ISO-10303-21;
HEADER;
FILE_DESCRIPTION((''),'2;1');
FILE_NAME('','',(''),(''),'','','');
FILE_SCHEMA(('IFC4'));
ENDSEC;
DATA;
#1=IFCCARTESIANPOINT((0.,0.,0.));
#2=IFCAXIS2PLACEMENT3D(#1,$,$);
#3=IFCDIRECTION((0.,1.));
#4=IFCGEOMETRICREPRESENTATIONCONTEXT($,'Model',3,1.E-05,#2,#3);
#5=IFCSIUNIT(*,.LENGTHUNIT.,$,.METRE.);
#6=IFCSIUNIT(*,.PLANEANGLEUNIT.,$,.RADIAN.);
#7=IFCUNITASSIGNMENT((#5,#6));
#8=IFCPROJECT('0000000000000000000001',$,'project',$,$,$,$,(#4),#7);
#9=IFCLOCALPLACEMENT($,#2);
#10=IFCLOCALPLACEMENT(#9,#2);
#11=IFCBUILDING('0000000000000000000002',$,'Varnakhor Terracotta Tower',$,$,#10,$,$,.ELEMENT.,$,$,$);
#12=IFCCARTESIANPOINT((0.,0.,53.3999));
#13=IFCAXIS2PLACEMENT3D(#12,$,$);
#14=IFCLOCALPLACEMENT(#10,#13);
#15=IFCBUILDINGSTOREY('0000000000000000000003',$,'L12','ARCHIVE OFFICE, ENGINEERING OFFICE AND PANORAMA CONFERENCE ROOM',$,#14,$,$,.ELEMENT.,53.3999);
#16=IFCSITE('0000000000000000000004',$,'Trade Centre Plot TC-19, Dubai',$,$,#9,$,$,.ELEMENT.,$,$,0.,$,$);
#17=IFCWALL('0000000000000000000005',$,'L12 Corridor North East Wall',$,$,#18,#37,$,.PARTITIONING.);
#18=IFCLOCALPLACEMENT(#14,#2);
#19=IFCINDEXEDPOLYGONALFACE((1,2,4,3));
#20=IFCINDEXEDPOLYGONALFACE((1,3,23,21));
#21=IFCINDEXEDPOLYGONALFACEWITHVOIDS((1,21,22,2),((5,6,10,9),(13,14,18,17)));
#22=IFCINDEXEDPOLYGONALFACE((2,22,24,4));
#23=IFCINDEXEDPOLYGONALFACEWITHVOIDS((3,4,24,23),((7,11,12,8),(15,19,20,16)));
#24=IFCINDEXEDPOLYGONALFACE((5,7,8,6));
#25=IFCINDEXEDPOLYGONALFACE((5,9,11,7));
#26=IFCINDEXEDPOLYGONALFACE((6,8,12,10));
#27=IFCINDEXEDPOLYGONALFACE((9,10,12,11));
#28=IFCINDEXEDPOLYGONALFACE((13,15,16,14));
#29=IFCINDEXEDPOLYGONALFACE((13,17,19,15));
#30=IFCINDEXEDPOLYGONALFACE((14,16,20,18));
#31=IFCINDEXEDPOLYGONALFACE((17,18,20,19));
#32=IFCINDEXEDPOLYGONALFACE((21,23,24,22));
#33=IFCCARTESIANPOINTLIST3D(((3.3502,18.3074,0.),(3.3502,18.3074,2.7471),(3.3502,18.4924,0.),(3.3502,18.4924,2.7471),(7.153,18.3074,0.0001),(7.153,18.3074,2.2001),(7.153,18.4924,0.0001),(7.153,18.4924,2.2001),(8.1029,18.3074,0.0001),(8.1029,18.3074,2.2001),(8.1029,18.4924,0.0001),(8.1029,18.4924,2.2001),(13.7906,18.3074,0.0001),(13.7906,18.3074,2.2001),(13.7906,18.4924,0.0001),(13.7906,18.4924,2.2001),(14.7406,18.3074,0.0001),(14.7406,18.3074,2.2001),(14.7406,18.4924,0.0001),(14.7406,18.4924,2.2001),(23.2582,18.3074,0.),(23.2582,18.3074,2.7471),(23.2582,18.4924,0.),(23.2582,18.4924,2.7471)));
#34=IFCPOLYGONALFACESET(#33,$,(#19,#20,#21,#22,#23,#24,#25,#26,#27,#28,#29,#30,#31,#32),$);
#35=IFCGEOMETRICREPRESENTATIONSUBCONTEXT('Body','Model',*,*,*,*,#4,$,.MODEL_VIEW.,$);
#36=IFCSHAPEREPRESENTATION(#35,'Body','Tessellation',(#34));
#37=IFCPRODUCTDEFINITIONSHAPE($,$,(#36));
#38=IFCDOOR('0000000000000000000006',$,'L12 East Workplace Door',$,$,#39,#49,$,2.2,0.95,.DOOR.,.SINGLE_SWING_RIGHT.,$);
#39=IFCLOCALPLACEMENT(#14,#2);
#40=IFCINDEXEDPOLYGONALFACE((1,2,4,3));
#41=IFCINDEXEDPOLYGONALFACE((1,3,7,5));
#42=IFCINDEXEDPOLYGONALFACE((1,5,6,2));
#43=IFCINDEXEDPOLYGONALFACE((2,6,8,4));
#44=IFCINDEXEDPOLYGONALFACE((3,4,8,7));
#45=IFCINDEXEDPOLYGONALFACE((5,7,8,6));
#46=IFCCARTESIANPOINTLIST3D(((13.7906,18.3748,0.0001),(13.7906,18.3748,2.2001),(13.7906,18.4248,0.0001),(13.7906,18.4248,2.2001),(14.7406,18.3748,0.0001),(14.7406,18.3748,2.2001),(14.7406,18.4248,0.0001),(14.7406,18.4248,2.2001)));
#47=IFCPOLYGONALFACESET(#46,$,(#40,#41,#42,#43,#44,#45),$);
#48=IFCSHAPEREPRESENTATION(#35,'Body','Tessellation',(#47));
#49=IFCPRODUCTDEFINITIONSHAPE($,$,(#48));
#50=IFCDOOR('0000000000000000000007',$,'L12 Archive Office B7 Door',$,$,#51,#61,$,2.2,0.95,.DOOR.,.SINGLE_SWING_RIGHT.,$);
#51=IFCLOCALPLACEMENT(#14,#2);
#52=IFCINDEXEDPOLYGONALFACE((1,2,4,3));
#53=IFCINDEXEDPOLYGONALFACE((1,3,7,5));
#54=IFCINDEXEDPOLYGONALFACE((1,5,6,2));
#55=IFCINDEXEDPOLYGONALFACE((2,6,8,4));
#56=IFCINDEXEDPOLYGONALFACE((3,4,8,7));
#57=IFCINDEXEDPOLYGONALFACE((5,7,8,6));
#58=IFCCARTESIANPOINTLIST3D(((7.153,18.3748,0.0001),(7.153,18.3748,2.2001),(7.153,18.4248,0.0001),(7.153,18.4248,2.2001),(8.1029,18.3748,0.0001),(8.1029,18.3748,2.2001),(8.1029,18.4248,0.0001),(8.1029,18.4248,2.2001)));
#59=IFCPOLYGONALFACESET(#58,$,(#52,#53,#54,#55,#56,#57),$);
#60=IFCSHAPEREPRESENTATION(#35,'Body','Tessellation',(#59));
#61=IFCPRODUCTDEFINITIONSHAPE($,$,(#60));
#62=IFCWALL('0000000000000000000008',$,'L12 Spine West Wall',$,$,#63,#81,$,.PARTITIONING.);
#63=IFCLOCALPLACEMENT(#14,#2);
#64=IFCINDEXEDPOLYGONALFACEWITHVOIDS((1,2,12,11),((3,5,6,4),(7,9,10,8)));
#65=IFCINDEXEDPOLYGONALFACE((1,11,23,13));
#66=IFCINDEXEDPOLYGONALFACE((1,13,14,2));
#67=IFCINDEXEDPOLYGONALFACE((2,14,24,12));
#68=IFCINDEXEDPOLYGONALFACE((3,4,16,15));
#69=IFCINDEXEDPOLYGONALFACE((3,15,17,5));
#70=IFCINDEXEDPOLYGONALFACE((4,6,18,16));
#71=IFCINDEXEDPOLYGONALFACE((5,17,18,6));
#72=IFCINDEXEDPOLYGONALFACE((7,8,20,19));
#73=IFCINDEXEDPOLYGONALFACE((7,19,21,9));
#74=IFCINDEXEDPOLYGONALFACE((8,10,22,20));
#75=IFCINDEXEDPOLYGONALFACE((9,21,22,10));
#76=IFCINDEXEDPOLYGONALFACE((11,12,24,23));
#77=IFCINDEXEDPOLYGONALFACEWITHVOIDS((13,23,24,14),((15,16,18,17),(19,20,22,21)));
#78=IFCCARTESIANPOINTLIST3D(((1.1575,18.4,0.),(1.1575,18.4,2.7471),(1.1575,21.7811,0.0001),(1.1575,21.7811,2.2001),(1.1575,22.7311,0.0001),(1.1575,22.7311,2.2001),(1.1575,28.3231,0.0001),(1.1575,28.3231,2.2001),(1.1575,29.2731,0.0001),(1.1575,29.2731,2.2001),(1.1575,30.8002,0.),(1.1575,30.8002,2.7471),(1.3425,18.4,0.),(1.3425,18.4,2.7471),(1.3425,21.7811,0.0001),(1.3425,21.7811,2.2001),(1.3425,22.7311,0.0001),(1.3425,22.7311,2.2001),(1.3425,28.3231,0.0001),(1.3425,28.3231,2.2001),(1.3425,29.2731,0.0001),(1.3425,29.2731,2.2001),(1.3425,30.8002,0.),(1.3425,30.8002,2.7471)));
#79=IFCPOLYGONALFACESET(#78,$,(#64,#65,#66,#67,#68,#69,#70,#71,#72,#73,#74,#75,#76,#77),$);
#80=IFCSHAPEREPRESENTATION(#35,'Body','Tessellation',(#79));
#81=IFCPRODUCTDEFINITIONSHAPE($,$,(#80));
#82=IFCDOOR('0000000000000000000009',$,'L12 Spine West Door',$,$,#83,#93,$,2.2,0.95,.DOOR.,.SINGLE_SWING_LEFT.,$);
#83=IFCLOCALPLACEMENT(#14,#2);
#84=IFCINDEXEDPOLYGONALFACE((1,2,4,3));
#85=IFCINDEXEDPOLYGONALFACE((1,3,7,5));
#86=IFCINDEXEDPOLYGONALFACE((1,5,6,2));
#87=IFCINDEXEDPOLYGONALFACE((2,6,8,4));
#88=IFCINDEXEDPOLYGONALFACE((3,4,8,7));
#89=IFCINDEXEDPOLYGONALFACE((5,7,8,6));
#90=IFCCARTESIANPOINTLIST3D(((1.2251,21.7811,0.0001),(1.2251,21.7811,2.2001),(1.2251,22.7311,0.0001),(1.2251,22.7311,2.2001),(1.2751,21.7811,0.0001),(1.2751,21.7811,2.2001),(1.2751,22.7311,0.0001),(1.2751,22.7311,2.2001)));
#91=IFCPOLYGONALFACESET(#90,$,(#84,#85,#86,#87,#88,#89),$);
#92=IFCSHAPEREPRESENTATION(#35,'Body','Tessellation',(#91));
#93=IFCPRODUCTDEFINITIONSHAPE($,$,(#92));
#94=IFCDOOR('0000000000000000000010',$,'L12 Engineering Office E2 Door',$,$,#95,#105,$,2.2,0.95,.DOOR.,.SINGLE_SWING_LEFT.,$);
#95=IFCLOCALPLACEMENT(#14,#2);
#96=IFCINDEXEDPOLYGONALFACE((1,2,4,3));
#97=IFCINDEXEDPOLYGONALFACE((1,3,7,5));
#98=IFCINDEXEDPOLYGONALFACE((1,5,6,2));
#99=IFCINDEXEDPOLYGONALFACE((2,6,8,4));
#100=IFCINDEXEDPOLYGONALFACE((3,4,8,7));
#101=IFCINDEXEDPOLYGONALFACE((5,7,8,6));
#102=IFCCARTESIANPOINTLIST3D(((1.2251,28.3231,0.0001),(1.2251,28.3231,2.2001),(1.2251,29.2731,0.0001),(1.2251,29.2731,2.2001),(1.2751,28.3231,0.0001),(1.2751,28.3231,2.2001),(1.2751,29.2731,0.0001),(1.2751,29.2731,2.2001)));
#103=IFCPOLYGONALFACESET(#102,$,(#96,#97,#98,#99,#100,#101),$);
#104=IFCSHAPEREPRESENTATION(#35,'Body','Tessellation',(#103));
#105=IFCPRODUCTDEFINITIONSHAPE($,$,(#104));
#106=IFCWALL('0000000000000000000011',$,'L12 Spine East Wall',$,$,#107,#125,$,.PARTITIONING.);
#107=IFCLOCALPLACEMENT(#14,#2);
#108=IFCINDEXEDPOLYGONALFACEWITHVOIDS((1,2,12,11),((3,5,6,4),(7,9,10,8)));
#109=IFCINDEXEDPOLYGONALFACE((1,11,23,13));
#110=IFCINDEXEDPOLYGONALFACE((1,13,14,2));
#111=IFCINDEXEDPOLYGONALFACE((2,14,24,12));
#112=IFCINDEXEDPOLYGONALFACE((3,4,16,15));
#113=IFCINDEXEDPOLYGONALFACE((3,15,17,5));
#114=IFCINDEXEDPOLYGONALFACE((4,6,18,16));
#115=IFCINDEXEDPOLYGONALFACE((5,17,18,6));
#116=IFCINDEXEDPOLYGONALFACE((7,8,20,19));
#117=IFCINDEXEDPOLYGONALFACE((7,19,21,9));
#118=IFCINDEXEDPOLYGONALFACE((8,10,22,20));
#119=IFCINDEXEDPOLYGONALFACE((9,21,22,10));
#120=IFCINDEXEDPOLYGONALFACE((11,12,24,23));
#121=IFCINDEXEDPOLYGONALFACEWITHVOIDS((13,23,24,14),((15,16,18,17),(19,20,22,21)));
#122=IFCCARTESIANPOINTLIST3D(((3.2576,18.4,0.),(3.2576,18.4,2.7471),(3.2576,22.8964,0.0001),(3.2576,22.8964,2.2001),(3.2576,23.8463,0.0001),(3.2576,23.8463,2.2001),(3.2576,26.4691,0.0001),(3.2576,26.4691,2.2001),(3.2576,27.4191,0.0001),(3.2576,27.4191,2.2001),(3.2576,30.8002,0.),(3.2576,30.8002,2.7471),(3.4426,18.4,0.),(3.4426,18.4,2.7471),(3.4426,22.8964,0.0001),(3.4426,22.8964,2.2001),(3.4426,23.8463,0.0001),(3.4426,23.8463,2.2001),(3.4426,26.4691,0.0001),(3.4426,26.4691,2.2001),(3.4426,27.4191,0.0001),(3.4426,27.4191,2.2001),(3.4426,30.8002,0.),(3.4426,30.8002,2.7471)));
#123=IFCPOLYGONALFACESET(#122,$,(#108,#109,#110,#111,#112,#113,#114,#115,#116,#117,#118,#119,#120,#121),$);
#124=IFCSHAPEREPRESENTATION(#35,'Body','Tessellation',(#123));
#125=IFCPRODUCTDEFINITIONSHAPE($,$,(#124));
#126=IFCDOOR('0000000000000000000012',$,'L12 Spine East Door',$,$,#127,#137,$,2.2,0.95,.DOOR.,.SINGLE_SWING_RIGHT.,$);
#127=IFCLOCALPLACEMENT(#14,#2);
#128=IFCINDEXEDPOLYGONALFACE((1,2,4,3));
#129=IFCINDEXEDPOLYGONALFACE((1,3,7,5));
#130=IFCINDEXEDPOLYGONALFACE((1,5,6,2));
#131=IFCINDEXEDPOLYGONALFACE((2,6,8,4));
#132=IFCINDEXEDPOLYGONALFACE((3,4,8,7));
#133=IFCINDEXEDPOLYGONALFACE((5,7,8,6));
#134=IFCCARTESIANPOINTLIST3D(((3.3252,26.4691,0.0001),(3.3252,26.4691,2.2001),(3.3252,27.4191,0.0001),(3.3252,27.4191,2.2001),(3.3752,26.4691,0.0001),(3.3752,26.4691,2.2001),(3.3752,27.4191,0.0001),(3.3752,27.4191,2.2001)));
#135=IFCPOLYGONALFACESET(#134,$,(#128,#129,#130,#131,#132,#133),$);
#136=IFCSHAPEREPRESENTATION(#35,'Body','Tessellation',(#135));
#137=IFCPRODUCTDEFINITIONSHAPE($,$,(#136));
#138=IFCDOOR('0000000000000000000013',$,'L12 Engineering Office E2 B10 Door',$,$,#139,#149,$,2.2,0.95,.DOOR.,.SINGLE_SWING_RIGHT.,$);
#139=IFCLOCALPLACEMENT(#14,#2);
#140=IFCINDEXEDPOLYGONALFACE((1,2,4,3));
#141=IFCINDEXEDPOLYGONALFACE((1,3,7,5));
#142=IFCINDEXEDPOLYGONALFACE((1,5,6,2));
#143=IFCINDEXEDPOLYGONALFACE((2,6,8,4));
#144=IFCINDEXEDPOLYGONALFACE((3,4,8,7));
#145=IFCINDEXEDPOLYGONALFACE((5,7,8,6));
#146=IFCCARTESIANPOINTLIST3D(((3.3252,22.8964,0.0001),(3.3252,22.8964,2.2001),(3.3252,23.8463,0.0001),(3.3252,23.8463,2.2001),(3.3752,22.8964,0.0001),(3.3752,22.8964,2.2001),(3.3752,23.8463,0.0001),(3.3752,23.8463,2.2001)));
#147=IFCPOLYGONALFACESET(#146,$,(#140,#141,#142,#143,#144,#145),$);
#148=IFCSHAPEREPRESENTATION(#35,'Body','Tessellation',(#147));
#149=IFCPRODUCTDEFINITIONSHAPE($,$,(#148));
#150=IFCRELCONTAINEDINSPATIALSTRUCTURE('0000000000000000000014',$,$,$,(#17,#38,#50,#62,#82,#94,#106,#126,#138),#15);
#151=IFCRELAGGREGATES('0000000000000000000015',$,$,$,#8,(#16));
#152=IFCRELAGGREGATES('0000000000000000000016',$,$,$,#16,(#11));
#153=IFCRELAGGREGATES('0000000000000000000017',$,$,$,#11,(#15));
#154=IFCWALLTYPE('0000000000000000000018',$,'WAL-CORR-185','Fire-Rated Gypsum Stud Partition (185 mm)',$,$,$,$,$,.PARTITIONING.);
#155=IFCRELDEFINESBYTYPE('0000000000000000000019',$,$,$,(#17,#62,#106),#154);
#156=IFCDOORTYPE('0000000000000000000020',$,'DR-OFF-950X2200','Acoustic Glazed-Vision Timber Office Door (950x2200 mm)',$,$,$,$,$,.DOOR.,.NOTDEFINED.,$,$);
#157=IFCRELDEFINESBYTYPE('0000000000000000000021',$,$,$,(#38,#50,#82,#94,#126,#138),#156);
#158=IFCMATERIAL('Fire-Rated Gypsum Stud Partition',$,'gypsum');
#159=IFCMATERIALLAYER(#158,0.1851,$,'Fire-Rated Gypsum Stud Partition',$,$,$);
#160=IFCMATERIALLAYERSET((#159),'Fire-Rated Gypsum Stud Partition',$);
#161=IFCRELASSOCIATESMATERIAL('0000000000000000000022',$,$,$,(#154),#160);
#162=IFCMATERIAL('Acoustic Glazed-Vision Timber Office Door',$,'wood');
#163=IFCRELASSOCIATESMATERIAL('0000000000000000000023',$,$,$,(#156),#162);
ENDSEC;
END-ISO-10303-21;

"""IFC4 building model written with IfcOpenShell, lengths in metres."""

from ifc_helpers import new_model, si_unit, direction, frame, frame_2d, origin, place, context, subcontext, project, spatial, rectangle, extrude, source, transform, mapped, material, layer, layer_set, type_object, type_shapes, element, fill, save


model = new_model("IFC4")

# Units and contexts
model_context = context("Model", 3, precision=1e-05, world=origin(), true_north=direction((0.0, 1.0)))
body_context = subcontext(model_context, "Body", "Model", "MODEL_VIEW")
ifc_project = project(units=[si_unit("LENGTHUNIT", "METRE"), si_unit("PLANEANGLEUNIT", "RADIAN")], contexts=[model_context])

# Site, building, storey
site_placement = place(None, origin())
site = spatial("IfcSite", under=ifc_project, at=site_placement, Name="Trade Centre Plot TC-19, Dubai", CompositionType="ELEMENT", RefElevation=0.0)
building_placement = place(site_placement, origin())
building = spatial("IfcBuilding", under=site, at=building_placement, Name="Varnakhor Terracotta Tower", CompositionType="ELEMENT")
storey_placement = place(building_placement, frame((0.0, 0.0, 53.3999)))
storey = spatial("IfcBuildingStorey", under=building, at=storey_placement, Name="L12", Description="ARCHIVE OFFICE, ENGINEERING OFFICE AND PANORAMA CONFERENCE ROOM", CompositionType="ELEMENT", Elevation=53.3999)

# Walls, openings, doors
ifc_material_1 = material(Name="Fire-Rated Gypsum Stud Partition", Category="gypsum")
ifc_layer_1 = layer(ifc_material_1, 0.1851, Name="Fire-Rated Gypsum Stud Partition")
ifc_layer_set_1 = layer_set([ifc_layer_1], Name="Fire-Rated Gypsum Stud Partition")
wall_type_1 = type_object("IfcWallType", Name="WAL-CORR-185", Description="Fire-Rated Gypsum Stud Partition (185 mm)", PredefinedType="PARTITIONING", material=ifc_layer_set_1)
wall_1_placement = place(storey_placement, frame((3.3501, 18.3999, 0.0), z_axis=(0.0, 0.0, 1.0), x_axis=(1.0, 0.0, 0.0)))
wall_1 = element("IfcWall", 1, at=wall_1_placement, inside=storey, type_object=wall_type_1, Name="L12 Corridor North East Wall", PredefinedType="PARTITIONING", context=body_context, shape_type="SweptSolid", body=[
    extrude(rectangle(XDim=19.908, YDim=0.1851, at=frame_2d((9.9541, 0.0))), origin(), (0.0, 0.0, 1.0), 2.7471),
])
opening_1_placement = place(wall_1_placement, frame((10.4404, 0.0, 0.0)))
opening_1 = element("IfcOpeningElement", 2, at=opening_1_placement, cuts=wall_1, PredefinedType="OPENING", context=body_context, shape_type="SweptSolid", body=[
    extrude(rectangle(XDim=0.95, YDim=2.2, at=frame_2d((0.4751, 1.1001))), frame((0.0, 0.1025, 0.0), z_axis=(0.0, -1.0, 0.0), x_axis=(1.0, 0.0, 0.0)), (0.0, 0.0, 1.0), 0.2051),
])
opening_2_placement = place(wall_1_placement, frame((3.8027, 0.0, 0.0)))
opening_2 = element("IfcOpeningElement", 3, at=opening_2_placement, cuts=wall_1, PredefinedType="OPENING", context=body_context, shape_type="SweptSolid", body=[
    extrude(rectangle(XDim=0.95, YDim=2.2, at=frame_2d((0.4751, 1.1001))), frame((0.0, 0.1025, 0.0), z_axis=(0.0, -1.0, 0.0), x_axis=(1.0, 0.0, 0.0)), (0.0, 0.0, 1.0), 0.2051),
])
ifc_material_2 = material(Name="Acoustic Glazed-Vision Timber Office Door", Category="wood")
door_type_1 = type_object("IfcDoorType", Name="DR-OFF-950X2200", Description="Acoustic Glazed-Vision Timber Office Door (950x2200 mm)", OperationType="NOTDEFINED", PredefinedType="DOOR", material=ifc_material_2)
shared_shape_1 = source(origin(), body_context, "Body", "SweptSolid", [
    extrude(rectangle(XDim=0.95, YDim=2.2, at=frame_2d((0.4751, 1.1001))), frame((0.0, 0.0249, 0.0), z_axis=(0.0, -1.0, 0.0), x_axis=(1.0, 0.0, 0.0)), (0.0, 0.0, 1.0), 0.05),
])
type_shapes(door_type_1, [shared_shape_1])
door_1_placement = place(opening_1_placement, origin())
door_1 = element("IfcDoor", 4, at=door_1_placement, inside=storey, type_object=door_type_1, Name="L12 East Workplace Door", OperationType="SINGLE_SWING_RIGHT", OverallHeight=2.2, OverallWidth=0.95, PredefinedType="DOOR", context=body_context, shape_type="MappedRepresentation", body=[
    mapped(shared_shape_1, transform((0.0, 0.0, 0.0), scale=1.0)),
])
fill(opening_1, door_1)
door_2_placement = place(opening_2_placement, origin())
door_2 = element("IfcDoor", 5, at=door_2_placement, inside=storey, type_object=door_type_1, Name="L12 Archive Office B7 Door", OperationType="SINGLE_SWING_RIGHT", OverallHeight=2.2, OverallWidth=0.95, PredefinedType="DOOR", context=body_context, shape_type="MappedRepresentation", body=[
    mapped(shared_shape_1, transform((0.0, 0.0, 0.0), scale=1.0)),
])
fill(opening_2, door_2)
wall_2_placement = place(storey_placement, frame((1.25, 18.3999, 0.0), z_axis=(0.0, 0.0, 1.0), x_axis=(0.0, 1.0, 0.0)))
wall_2 = element("IfcWall", 6, at=wall_2_placement, inside=storey, type_object=wall_type_1, Name="L12 Spine West Wall", PredefinedType="PARTITIONING", context=body_context, shape_type="SweptSolid", body=[
    extrude(rectangle(XDim=12.4001, YDim=0.1851, at=frame_2d((6.2002, 0.0))), origin(), (0.0, 0.0, 1.0), 2.7471),
])
opening_3_placement = place(wall_2_placement, frame((3.3811, 0.0, 0.0)))
opening_3 = element("IfcOpeningElement", 7, at=opening_3_placement, cuts=wall_2, PredefinedType="OPENING", context=body_context, shape_type="SweptSolid", body=[
    extrude(rectangle(XDim=0.95, YDim=2.2, at=frame_2d((0.4751, 1.1001))), frame((0.0, 0.1025, 0.0), z_axis=(0.0, -1.0, 0.0), x_axis=(1.0, 0.0, 0.0)), (0.0, 0.0, 1.0), 0.2051),
])
opening_4_placement = place(wall_2_placement, frame((9.9231, 0.0, 0.0)))
opening_4 = element("IfcOpeningElement", 8, at=opening_4_placement, cuts=wall_2, PredefinedType="OPENING", context=body_context, shape_type="SweptSolid", body=[
    extrude(rectangle(XDim=0.95, YDim=2.2, at=frame_2d((0.4751, 1.1001))), frame((0.0, 0.1025, 0.0), z_axis=(0.0, -1.0, 0.0), x_axis=(1.0, 0.0, 0.0)), (0.0, 0.0, 1.0), 0.2051),
])
door_3_placement = place(opening_3_placement, origin())
door_3 = element("IfcDoor", 9, at=door_3_placement, inside=storey, type_object=door_type_1, Name="L12 Spine West Door", OperationType="SINGLE_SWING_LEFT", OverallHeight=2.2, OverallWidth=0.95, PredefinedType="DOOR", context=body_context, shape_type="MappedRepresentation", body=[
    mapped(shared_shape_1, transform((0.0, 0.0, 0.0), scale=1.0)),
])
fill(opening_3, door_3)
door_4_placement = place(opening_4_placement, origin())
door_4 = element("IfcDoor", 10, at=door_4_placement, inside=storey, type_object=door_type_1, Name="L12 Engineering Office E2 Door", OperationType="SINGLE_SWING_LEFT", OverallHeight=2.2, OverallWidth=0.95, PredefinedType="DOOR", context=body_context, shape_type="MappedRepresentation", body=[
    mapped(shared_shape_1, transform((0.0, 0.0, 0.0), scale=1.0)),
])
fill(opening_4, door_4)
wall_3_placement = place(storey_placement, frame((3.3501, 18.3999, 0.0), z_axis=(0.0, 0.0, 1.0), x_axis=(0.0, 1.0, 0.0)))
wall_3 = element("IfcWall", 11, at=wall_3_placement, inside=storey, type_object=wall_type_1, Name="L12 Spine East Wall", PredefinedType="PARTITIONING", context=body_context, shape_type="SweptSolid", body=[
    extrude(rectangle(XDim=12.4001, YDim=0.1851, at=frame_2d((6.2002, 0.0))), origin(), (0.0, 0.0, 1.0), 2.7471),
])
opening_5_placement = place(wall_3_placement, frame((8.0691, 0.0, 0.0)))
opening_5 = element("IfcOpeningElement", 12, at=opening_5_placement, cuts=wall_3, PredefinedType="OPENING", context=body_context, shape_type="SweptSolid", body=[
    extrude(rectangle(XDim=0.95, YDim=2.2, at=frame_2d((0.4751, 1.1001))), frame((0.0, 0.1025, 0.0), z_axis=(0.0, -1.0, 0.0), x_axis=(1.0, 0.0, 0.0)), (0.0, 0.0, 1.0), 0.2051),
])
opening_6_placement = place(wall_3_placement, frame((4.4963, 0.0, 0.0)))
opening_6 = element("IfcOpeningElement", 13, at=opening_6_placement, cuts=wall_3, PredefinedType="OPENING", context=body_context, shape_type="SweptSolid", body=[
    extrude(rectangle(XDim=0.95, YDim=2.2, at=frame_2d((0.4751, 1.1001))), frame((0.0, 0.1025, 0.0), z_axis=(0.0, -1.0, 0.0), x_axis=(1.0, 0.0, 0.0)), (0.0, 0.0, 1.0), 0.2051),
])
door_5_placement = place(opening_5_placement, origin())
door_5 = element("IfcDoor", 14, at=door_5_placement, inside=storey, type_object=door_type_1, Name="L12 Spine East Door", OperationType="SINGLE_SWING_RIGHT", OverallHeight=2.2, OverallWidth=0.95, PredefinedType="DOOR", context=body_context, shape_type="MappedRepresentation", body=[
    mapped(shared_shape_1, transform((0.0, 0.0, 0.0), scale=1.0)),
])
fill(opening_5, door_5)
door_6_placement = place(opening_6_placement, origin())
door_6 = element("IfcDoor", 15, at=door_6_placement, inside=storey, type_object=door_type_1, Name="L12 Engineering Office E2 B10 Door", OperationType="SINGLE_SWING_RIGHT", OverallHeight=2.2, OverallWidth=0.95, PredefinedType="DOOR", context=body_context, shape_type="MappedRepresentation", body=[
    mapped(shared_shape_1, transform((0.0, 0.0, 0.0), scale=1.0)),
])
fill(opening_6, door_6)

save(model, "model.ifc")
